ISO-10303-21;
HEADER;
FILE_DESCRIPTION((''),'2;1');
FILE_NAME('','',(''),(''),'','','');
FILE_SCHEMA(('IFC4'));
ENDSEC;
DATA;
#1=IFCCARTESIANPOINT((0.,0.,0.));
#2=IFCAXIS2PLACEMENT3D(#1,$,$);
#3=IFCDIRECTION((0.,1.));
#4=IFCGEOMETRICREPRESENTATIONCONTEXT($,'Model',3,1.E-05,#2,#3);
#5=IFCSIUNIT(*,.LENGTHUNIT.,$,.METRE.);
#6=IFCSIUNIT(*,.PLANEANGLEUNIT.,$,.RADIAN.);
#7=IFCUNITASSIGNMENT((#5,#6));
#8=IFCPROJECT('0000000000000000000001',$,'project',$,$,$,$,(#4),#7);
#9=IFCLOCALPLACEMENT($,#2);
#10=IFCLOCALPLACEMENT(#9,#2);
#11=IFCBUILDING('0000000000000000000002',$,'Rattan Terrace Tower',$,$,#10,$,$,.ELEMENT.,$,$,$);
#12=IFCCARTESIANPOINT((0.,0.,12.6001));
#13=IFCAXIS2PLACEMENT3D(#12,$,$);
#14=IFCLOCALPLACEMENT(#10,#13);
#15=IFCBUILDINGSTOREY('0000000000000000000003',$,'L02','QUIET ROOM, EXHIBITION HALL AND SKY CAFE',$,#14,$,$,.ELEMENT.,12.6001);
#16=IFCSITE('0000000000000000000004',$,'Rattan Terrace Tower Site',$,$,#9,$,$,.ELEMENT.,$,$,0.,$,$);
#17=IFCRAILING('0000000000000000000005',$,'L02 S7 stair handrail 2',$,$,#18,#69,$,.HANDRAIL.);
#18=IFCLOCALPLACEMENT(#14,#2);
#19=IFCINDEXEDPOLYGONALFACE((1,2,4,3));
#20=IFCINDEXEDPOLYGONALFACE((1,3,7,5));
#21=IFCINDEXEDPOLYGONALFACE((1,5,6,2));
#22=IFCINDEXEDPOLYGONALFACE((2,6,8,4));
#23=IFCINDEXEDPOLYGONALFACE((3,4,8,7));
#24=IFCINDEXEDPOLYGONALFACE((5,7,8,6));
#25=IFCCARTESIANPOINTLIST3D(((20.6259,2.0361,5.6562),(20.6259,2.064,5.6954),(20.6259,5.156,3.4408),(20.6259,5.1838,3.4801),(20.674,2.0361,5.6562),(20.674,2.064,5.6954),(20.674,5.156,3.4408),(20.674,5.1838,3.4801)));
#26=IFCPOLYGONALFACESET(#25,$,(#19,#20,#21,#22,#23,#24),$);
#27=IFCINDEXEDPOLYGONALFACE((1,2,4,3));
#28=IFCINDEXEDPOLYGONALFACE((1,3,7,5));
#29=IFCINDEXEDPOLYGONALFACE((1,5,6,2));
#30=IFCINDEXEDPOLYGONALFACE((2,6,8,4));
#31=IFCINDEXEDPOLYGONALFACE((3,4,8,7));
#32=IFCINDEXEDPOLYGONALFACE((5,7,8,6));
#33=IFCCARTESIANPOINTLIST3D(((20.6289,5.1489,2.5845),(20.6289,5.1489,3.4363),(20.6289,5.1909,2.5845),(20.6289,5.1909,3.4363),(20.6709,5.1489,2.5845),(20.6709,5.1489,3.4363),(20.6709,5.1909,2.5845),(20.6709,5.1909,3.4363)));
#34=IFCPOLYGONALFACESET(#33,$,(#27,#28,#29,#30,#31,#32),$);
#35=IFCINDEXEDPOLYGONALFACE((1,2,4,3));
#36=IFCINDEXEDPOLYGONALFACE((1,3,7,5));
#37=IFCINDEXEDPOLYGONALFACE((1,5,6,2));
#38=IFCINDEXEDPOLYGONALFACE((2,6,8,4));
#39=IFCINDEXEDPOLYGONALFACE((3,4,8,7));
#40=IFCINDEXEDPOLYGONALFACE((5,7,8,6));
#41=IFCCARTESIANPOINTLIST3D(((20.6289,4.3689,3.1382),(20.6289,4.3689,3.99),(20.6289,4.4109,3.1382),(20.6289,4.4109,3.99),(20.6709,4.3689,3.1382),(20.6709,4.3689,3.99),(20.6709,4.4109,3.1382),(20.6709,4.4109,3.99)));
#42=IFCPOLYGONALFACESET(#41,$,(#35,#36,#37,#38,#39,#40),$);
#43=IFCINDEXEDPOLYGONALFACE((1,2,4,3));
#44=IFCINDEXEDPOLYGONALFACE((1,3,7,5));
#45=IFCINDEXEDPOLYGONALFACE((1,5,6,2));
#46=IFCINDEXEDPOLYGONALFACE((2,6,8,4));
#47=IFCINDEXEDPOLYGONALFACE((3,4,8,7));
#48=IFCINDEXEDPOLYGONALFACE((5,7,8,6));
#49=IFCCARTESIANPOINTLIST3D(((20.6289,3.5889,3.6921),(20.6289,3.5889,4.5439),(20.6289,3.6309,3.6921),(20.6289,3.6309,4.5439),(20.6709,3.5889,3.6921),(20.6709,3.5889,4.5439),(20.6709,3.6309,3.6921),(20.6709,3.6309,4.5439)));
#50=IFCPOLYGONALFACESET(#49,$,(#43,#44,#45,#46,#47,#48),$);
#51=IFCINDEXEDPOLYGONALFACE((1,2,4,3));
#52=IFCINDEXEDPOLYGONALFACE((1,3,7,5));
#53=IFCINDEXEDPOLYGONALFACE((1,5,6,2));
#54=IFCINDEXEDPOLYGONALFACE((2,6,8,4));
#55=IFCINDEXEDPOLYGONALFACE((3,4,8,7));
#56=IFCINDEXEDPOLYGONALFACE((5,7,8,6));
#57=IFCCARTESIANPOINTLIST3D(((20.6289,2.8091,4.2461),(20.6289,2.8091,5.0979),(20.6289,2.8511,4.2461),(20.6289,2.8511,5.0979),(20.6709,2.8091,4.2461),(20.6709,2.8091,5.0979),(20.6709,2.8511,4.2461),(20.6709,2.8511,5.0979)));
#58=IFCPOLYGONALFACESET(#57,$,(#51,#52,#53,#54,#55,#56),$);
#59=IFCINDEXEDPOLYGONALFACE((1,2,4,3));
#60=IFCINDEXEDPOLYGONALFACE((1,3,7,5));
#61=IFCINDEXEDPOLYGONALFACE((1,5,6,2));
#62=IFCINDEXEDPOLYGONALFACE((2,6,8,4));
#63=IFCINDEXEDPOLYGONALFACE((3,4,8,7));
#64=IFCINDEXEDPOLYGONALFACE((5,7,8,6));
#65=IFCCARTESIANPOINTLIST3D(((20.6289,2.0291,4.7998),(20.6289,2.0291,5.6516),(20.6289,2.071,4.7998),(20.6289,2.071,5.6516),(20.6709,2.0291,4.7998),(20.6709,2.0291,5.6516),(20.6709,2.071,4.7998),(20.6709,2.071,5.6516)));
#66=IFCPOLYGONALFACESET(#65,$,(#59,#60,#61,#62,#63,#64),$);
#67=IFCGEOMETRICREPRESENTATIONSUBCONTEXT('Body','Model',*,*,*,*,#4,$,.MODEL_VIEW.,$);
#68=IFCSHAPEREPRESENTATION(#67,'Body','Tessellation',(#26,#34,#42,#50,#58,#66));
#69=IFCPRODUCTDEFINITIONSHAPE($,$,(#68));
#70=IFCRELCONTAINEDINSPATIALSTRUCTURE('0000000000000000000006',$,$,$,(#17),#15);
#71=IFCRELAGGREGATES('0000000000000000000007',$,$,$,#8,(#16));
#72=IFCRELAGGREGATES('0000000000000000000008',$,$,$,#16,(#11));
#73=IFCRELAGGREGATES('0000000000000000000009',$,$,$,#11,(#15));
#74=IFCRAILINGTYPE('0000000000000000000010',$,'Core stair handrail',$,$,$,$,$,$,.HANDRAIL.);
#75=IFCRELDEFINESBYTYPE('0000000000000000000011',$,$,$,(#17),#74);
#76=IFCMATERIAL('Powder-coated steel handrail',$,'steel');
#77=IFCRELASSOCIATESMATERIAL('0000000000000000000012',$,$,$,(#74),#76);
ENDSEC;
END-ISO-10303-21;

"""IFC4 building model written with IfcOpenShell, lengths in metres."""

from ifc_helpers import new_model, si_unit, direction, frame, origin, origin_2d, place, context, subcontext, project, spatial, rectangle, extrude, material, type_object, element, save


model = new_model("IFC4")

# Units and contexts
model_context = context("Model", 3, precision=1e-05, world=origin(), true_north=direction((0.0, 1.0)))
body_context = subcontext(model_context, "Body", "Model", "MODEL_VIEW")
ifc_project = project(units=[si_unit("LENGTHUNIT", "METRE"), si_unit("PLANEANGLEUNIT", "RADIAN")], contexts=[model_context])

# Site, building, storey
site_placement = place(None, origin())
site = spatial("IfcSite", under=ifc_project, at=site_placement, Name="Rattan Terrace Tower Site", CompositionType="ELEMENT", RefElevation=0.0)
building_placement = place(site_placement, origin())
building = spatial("IfcBuilding", under=site, at=building_placement, Name="Rattan Terrace Tower", CompositionType="ELEMENT")
storey_placement = place(building_placement, frame((0.0, 0.0, 12.6001)))
storey = spatial("IfcBuildingStorey", under=building, at=storey_placement, Name="L02", Description="QUIET ROOM, EXHIBITION HALL AND SKY CAFE", CompositionType="ELEMENT", Elevation=12.6001)

# Railing
ifc_material_1 = material(Name="Powder-coated steel handrail", Category="steel")
railing_type_1 = type_object("IfcRailingType", Name="Core stair handrail", PredefinedType="HANDRAIL", material=ifc_material_1)
railing_1_placement = place(storey_placement, frame((20.6499, 5.1699, 2.5845)))
element("IfcRailing", 1, at=railing_1_placement, inside=storey, type_object=railing_type_1, Name="L02 S7 stair handrail 2", PredefinedType="HANDRAIL", context=body_context, shape_type="SweptSolid", body=[
    extrude(rectangle(XDim=0.0481, YDim=0.0481, at=origin_2d()), frame((0.0, 0.0, 0.876), z_axis=(0.0, -0.815356, 0.578961), x_axis=(1.0, 0.0, 0.0)), (0.0, 0.0, 1.0), 3.8264),
    extrude(rectangle(XDim=0.042, YDim=0.042, at=origin_2d()), origin(), (0.0, 0.0, 1.0), 0.8518),
    extrude(rectangle(XDim=0.042, YDim=0.042, at=origin_2d()), frame((0.0, -0.78, 0.5537)), (0.0, 0.0, 1.0), 0.8518),
    extrude(rectangle(XDim=0.042, YDim=0.042, at=origin_2d()), frame((0.0, -1.5601, 1.1077)), (0.0, 0.0, 1.0), 0.8518),
    extrude(rectangle(XDim=0.042, YDim=0.042, at=origin_2d()), frame((0.0, -2.3398, 1.6616)), (0.0, 0.0, 1.0), 0.8518),
    extrude(rectangle(XDim=0.042, YDim=0.042, at=origin_2d()), frame((0.0, -3.1199, 2.2153)), (0.0, 0.0, 1.0), 0.8518),
])

save(model, "model.ifc")
